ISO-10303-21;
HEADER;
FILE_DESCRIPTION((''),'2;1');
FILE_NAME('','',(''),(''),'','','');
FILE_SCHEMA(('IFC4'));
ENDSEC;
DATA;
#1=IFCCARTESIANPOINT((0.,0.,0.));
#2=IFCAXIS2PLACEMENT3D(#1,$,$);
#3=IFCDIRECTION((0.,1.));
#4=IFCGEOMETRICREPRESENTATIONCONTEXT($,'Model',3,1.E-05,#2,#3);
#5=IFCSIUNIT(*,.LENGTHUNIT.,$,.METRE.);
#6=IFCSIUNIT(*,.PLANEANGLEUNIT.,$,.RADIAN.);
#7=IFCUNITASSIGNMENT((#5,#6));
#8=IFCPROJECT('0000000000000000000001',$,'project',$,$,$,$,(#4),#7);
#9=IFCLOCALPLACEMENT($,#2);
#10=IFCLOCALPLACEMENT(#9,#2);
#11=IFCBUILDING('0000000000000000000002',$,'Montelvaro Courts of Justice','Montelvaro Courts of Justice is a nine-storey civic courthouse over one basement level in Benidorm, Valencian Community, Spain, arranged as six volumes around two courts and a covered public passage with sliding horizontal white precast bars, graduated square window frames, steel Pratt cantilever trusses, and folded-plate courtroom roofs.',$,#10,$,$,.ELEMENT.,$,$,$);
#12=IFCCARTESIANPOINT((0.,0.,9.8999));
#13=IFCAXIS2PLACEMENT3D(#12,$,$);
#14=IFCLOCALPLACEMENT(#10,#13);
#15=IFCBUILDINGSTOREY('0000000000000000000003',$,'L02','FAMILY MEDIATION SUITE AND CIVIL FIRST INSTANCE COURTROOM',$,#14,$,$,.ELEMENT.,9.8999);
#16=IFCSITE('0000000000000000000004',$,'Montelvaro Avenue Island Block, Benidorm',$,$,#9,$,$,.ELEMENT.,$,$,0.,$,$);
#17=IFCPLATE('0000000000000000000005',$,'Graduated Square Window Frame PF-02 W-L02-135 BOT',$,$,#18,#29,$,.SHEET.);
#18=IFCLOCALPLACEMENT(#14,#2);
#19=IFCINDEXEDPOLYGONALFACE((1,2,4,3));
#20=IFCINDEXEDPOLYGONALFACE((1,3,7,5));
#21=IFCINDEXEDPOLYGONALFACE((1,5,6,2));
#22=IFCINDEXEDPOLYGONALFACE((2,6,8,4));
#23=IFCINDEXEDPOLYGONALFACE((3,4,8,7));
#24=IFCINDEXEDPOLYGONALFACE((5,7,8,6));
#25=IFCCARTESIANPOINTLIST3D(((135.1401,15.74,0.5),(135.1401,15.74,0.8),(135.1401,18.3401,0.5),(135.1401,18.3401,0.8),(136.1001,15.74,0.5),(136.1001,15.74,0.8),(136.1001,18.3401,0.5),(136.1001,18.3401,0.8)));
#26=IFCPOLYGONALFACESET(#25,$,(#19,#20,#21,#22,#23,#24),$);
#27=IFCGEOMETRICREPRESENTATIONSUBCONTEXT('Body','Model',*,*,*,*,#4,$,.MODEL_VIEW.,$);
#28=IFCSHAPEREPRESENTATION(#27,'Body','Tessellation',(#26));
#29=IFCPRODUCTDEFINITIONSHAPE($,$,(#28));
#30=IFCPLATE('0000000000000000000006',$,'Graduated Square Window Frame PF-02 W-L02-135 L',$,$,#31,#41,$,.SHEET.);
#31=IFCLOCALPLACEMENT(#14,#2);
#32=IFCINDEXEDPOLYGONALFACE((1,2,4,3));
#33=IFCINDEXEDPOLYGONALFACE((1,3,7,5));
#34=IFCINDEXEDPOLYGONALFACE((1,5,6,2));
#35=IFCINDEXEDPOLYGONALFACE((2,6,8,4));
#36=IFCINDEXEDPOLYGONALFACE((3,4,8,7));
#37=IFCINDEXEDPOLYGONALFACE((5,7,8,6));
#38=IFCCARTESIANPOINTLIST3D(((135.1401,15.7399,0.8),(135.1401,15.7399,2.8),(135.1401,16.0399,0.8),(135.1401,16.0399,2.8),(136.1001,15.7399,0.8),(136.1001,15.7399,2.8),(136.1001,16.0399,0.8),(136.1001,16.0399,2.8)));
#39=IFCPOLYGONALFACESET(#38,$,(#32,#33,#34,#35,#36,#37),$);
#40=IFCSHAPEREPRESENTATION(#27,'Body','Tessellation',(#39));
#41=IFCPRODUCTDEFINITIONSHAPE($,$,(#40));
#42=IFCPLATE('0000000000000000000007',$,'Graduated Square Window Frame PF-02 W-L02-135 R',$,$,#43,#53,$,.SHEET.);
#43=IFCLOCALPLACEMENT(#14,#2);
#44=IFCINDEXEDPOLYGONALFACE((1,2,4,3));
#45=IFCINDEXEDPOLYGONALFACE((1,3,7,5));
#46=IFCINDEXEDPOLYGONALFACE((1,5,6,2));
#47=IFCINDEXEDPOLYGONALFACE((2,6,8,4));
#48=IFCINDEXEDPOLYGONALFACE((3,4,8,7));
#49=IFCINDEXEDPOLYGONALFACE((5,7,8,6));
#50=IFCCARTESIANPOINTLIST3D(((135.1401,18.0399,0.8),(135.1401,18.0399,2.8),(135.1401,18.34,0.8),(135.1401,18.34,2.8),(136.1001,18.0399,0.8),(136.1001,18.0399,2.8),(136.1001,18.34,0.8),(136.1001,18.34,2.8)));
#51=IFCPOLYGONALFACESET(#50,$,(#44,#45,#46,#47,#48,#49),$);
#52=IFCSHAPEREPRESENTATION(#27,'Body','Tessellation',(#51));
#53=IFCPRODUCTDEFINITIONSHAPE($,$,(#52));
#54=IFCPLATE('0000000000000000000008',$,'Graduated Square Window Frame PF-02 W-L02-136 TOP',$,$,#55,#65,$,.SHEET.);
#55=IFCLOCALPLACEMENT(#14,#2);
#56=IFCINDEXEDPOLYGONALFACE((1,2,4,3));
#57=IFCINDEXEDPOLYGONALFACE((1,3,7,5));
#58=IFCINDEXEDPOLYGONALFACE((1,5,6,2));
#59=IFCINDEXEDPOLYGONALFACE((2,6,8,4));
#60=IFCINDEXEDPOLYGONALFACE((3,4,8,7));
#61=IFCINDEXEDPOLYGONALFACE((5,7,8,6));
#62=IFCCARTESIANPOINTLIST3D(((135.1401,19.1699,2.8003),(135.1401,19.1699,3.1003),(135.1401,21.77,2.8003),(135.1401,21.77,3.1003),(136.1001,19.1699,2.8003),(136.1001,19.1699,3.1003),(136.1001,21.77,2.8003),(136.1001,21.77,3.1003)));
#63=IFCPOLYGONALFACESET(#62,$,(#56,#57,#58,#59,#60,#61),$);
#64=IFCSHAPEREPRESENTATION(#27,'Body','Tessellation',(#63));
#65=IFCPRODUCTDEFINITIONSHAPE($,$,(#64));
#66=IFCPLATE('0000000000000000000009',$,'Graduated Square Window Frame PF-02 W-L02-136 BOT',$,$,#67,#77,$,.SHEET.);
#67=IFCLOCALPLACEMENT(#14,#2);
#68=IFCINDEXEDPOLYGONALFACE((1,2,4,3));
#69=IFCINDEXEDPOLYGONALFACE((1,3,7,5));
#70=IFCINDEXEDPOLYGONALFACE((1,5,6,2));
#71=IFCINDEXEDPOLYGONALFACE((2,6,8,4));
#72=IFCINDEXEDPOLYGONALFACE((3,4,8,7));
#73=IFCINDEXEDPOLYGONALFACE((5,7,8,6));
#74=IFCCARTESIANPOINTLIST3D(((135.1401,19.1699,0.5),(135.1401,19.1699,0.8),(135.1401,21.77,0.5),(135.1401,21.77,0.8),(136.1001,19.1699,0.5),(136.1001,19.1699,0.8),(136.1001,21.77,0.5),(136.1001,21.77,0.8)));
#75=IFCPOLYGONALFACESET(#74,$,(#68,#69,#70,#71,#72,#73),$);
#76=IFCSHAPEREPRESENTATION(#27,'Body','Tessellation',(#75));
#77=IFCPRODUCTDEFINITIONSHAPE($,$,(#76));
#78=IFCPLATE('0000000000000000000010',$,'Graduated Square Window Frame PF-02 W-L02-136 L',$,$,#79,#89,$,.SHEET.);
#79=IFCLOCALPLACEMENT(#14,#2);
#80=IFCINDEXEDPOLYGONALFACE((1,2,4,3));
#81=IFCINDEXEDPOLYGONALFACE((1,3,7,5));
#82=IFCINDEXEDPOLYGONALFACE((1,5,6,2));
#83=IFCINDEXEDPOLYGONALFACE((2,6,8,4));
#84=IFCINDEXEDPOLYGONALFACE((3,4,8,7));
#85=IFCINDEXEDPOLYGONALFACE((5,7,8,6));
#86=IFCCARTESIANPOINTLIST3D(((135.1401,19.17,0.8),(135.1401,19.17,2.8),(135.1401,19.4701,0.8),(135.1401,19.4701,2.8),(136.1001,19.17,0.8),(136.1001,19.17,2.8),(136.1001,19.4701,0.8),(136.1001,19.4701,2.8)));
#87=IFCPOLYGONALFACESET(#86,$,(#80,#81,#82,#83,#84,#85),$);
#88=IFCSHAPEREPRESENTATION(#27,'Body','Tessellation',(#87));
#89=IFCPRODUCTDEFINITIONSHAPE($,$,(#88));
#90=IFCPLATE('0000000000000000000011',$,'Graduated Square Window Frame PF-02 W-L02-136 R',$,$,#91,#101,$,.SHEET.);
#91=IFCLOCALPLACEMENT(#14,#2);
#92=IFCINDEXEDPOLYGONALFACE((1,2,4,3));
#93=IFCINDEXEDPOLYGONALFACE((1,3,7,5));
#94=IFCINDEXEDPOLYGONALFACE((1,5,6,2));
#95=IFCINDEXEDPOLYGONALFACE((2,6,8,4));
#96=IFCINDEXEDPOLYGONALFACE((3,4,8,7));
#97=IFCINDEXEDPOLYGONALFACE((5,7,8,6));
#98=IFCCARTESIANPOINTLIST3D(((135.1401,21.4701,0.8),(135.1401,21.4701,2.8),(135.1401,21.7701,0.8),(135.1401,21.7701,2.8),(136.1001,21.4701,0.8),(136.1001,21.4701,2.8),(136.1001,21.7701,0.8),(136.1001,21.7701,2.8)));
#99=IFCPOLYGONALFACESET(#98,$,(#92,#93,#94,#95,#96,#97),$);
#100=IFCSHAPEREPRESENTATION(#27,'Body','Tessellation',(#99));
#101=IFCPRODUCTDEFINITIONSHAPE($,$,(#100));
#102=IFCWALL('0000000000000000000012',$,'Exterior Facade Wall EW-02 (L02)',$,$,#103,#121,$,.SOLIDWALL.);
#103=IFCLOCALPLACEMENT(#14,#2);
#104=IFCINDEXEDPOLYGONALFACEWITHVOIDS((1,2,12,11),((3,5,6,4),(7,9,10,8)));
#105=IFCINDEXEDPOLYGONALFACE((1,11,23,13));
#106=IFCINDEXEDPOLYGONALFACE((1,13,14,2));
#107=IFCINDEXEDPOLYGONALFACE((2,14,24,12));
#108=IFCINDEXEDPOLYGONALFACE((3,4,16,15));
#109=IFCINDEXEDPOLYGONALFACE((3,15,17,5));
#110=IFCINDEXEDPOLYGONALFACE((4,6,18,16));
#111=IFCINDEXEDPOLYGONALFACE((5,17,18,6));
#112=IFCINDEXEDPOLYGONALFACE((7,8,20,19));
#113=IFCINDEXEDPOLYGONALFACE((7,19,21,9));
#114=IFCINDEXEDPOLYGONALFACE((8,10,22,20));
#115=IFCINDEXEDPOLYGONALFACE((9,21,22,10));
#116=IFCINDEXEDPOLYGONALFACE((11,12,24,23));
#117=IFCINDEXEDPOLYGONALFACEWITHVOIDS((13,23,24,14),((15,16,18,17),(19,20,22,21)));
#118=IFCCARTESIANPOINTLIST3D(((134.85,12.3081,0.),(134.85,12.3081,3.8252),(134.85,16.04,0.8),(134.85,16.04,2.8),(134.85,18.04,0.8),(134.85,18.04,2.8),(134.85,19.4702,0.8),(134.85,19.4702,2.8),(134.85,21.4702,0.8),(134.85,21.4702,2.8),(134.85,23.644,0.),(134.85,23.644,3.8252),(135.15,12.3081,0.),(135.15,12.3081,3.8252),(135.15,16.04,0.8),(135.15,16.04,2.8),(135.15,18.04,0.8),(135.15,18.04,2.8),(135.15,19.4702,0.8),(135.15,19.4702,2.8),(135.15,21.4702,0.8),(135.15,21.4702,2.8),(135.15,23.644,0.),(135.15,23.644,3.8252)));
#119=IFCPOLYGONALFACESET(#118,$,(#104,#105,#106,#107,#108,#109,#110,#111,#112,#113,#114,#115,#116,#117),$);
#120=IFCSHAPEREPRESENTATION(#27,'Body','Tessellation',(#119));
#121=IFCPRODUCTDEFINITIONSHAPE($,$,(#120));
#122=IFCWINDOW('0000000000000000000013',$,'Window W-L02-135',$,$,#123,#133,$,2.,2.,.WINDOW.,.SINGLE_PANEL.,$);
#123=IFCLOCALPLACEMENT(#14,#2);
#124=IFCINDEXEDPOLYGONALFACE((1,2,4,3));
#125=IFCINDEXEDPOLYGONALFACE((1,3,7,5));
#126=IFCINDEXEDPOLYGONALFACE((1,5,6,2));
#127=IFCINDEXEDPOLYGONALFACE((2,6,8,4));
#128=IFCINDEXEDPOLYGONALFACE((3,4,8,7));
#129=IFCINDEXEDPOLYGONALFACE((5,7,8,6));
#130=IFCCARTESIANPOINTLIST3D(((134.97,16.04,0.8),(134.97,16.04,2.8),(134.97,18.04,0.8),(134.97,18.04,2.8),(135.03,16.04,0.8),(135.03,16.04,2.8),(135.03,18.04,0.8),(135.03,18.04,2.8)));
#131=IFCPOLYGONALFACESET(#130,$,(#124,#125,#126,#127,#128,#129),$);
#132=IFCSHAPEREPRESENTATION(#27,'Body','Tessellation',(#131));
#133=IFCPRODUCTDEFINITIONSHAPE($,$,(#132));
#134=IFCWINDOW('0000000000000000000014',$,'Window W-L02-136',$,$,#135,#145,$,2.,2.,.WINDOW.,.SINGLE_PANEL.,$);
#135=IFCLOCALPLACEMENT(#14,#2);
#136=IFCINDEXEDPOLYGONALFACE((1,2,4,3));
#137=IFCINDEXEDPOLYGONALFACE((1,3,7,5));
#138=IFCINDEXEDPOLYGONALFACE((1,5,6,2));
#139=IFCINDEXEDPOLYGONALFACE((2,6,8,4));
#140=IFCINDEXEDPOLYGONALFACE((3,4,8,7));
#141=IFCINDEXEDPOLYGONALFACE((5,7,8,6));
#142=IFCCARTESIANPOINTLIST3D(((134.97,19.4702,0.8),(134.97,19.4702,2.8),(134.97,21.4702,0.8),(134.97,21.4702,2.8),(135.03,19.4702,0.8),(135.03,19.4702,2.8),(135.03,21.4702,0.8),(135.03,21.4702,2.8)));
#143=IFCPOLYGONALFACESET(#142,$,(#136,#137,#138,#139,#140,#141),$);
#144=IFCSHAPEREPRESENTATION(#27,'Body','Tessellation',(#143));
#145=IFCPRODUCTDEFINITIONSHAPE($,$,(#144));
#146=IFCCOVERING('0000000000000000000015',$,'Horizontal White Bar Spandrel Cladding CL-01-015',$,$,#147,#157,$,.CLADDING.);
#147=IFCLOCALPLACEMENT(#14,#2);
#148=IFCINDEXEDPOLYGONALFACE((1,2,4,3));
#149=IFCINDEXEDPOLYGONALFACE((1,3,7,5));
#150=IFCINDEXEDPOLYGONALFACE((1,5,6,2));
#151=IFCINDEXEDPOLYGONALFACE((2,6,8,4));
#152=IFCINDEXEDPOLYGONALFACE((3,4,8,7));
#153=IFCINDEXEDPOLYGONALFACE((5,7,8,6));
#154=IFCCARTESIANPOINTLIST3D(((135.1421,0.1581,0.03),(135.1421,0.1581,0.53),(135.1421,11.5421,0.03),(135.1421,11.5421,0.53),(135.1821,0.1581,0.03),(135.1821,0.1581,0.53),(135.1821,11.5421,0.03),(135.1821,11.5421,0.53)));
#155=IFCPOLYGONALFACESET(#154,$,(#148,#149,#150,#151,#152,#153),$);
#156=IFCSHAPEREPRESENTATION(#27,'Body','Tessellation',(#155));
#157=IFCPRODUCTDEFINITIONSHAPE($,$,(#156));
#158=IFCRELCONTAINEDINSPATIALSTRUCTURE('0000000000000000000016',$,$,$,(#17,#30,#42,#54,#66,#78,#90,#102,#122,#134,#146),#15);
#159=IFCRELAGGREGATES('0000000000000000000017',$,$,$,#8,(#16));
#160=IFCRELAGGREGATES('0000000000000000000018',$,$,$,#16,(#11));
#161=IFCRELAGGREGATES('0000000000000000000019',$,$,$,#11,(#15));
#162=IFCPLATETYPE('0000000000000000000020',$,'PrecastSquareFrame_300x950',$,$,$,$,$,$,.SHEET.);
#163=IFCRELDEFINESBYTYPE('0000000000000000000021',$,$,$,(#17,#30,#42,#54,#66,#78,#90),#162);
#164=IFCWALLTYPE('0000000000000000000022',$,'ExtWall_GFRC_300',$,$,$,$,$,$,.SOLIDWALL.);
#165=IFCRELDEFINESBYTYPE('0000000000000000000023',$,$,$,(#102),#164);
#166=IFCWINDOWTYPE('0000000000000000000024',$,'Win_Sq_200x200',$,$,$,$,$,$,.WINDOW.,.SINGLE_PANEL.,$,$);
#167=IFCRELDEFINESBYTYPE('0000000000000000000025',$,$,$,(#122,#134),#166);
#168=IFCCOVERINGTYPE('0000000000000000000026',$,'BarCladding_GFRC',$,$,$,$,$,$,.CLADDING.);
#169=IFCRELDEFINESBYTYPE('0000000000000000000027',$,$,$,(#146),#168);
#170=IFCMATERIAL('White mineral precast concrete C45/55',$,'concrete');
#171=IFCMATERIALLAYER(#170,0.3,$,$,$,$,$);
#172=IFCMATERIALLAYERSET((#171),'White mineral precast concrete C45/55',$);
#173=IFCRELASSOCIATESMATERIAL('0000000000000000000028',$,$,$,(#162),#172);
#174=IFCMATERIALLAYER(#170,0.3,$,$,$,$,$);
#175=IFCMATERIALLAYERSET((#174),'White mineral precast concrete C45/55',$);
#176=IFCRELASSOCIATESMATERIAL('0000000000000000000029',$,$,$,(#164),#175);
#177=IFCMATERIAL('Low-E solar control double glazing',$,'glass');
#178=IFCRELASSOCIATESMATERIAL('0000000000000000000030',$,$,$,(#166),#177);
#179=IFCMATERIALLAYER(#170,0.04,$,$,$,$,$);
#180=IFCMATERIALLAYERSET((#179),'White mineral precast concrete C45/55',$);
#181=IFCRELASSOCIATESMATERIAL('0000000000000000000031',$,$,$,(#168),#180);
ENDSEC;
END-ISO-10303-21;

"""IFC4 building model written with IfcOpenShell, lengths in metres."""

from ifc_helpers import new_model, si_unit, direction, frame, frame_2d, origin, origin_2d, place, context, subcontext, project, spatial, rectangle, extrude, material, layer, layer_set, type_object, element, fill, save


model = new_model("IFC4")

# Units and contexts
model_context = context("Model", 3, precision=1e-05, world=origin(), true_north=direction((0.0, 1.0)))
body_context = subcontext(model_context, "Body", "Model", "MODEL_VIEW")
ifc_project = project(units=[si_unit("LENGTHUNIT", "METRE"), si_unit("PLANEANGLEUNIT", "RADIAN")], contexts=[model_context])

# Site, building, storey
site_placement = place(None, origin())
site = spatial("IfcSite", under=ifc_project, at=site_placement, Name="Montelvaro Avenue Island Block, Benidorm", CompositionType="ELEMENT", RefElevation=0.0)
building_placement = place(site_placement, origin())
building = spatial("IfcBuilding", under=site, at=building_placement, Name="Montelvaro Courts of Justice", Description="Montelvaro Courts of Justice is a nine-storey civic courthouse over one basement level in Benidorm, Valencian Community, Spain, arranged as six volumes around two courts and a covered public passage with sliding horizontal white precast bars, graduated square window frames, steel Pratt cantilever trusses, and folded-plate courtroom roofs.", CompositionType="ELEMENT")
storey_placement = place(building_placement, frame((0.0, 0.0, 9.8999)))
storey = spatial("IfcBuildingStorey", under=building, at=storey_placement, Name="L02", Description="FAMILY MEDIATION SUITE AND CIVIL FIRST INSTANCE COURTROOM", CompositionType="ELEMENT", Elevation=9.8999)

# Plates
ifc_material_1 = material(Name="White mineral precast concrete C45/55", Category="concrete")
ifc_layer_1 = layer(ifc_material_1, 0.3)
ifc_layer_set_1 = layer_set([ifc_layer_1], Name="White mineral precast concrete C45/55")
plate_type = type_object("IfcPlateType", Name="PrecastSquareFrame_300x950", PredefinedType="SHEET", material=ifc_layer_set_1)
for number, where, z_axis, x_axis, name in (
    (1, (135.6201, 17.04, 0.5), (0.0, 0.0, 1.0), (0.0, 1.0, 0.0), "Graduated Square Window Frame PF-02 W-L02-135 BOT"),
):
    element("IfcPlate", number, at=place(storey_placement, frame(where, z_axis=z_axis, x_axis=x_axis)), inside=storey, type_object=plate_type, Name=name, PredefinedType="SHEET", context=body_context, shape_type="SweptSolid", body=[
        extrude(rectangle(XDim=2.6001, YDim=0.96, at=origin_2d()), origin(), (0.0, 0.0, 1.0), 0.3),
    ])
for number, where, z_axis, x_axis, name in (
    (2, (135.6201, 15.8899, 0.8), (0.0, 0.0, 1.0), (0.0, 1.0, 0.0), "Graduated Square Window Frame PF-02 W-L02-135 L"),
    (3, (135.6201, 18.1899, 0.8), (0.0, 0.0, 1.0), (0.0, 1.0, 0.0), "Graduated Square Window Frame PF-02 W-L02-135 R"),
):
    element("IfcPlate", number, at=place(storey_placement, frame(where, z_axis=z_axis, x_axis=x_axis)), inside=storey, type_object=plate_type, Name=name, PredefinedType="SHEET", context=body_context, shape_type="SweptSolid", body=[
        extrude(rectangle(XDim=0.3, YDim=0.96, at=origin_2d()), origin(), (0.0, 0.0, 1.0), 2.0),
    ])
for number, where, z_axis, x_axis, name in (
    (4, (135.6201, 20.47, 2.8003), (0.0, 0.0, 1.0), (0.0, 1.0, 0.0), "Graduated Square Window Frame PF-02 W-L02-136 TOP"),
    (5, (135.6201, 20.47, 0.5), (0.0, 0.0, 1.0), (0.0, 1.0, 0.0), "Graduated Square Window Frame PF-02 W-L02-136 BOT"),
):
    element("IfcPlate", number, at=place(storey_placement, frame(where, z_axis=z_axis, x_axis=x_axis)), inside=storey, type_object=plate_type, Name=name, PredefinedType="SHEET", context=body_context, shape_type="SweptSolid", body=[
        extrude(rectangle(XDim=2.6001, YDim=0.96, at=origin_2d()), origin(), (0.0, 0.0, 1.0), 0.3),
    ])
for number, where, z_axis, x_axis, name in (
    (6, (135.6201, 19.3201, 0.8), (0.0, 0.0, 1.0), (0.0, 1.0, 0.0), "Graduated Square Window Frame PF-02 W-L02-136 L"),
    (7, (135.6201, 21.6201, 0.8), (0.0, 0.0, 1.0), (0.0, 1.0, 0.0), "Graduated Square Window Frame PF-02 W-L02-136 R"),
):
    element("IfcPlate", number, at=place(storey_placement, frame(where, z_axis=z_axis, x_axis=x_axis)), inside=storey, type_object=plate_type, Name=name, PredefinedType="SHEET", context=body_context, shape_type="SweptSolid", body=[
        extrude(rectangle(XDim=0.3, YDim=0.96, at=origin_2d()), origin(), (0.0, 0.0, 1.0), 2.0),
    ])

# Wall, openings, windows
ifc_layer_2 = layer(ifc_material_1, 0.3)
ifc_layer_set_2 = layer_set([ifc_layer_2], Name="White mineral precast concrete C45/55")
wall_type = type_object("IfcWallType", Name="ExtWall_GFRC_300", PredefinedType="SOLIDWALL", material=ifc_layer_set_2)
wall_placement = place(storey_placement, frame((135.0, 12.3081, 0.0), z_axis=(0.0, 0.0, 1.0), x_axis=(0.0, 1.0, 0.0)))
wall = element("IfcWall", 8, at=wall_placement, inside=storey, type_object=wall_type, Name="Exterior Facade Wall EW-02 (L02)", PredefinedType="SOLIDWALL", context=body_context, shape_type="SweptSolid", body=[
    extrude(rectangle(XDim=11.3359, YDim=0.3, at=frame_2d((5.668, 0.0))), origin(), (0.0, 0.0, 1.0), 3.8252),
])
opening_1_placement = place(wall_placement, frame((3.7319, 0.0, 0.8)))
opening_1 = element("IfcOpeningElement", 9, at=opening_1_placement, cuts=wall, PredefinedType="OPENING", context=body_context, shape_type="SweptSolid", body=[
    extrude(rectangle(XDim=2.0, YDim=2.0, at=frame_2d((1.0, 1.0))), frame((0.0, 0.165, 0.0), z_axis=(0.0, -1.0, 0.0), x_axis=(1.0, 0.0, 0.0)), (0.0, 0.0, 1.0), 0.3298),
])
opening_2_placement = place(wall_placement, frame((7.1621, 0.0, 0.8)))
opening_2 = element("IfcOpeningElement", 10, at=opening_2_placement, cuts=wall, PredefinedType="OPENING", context=body_context, shape_type="SweptSolid", body=[
    extrude(rectangle(XDim=2.0, YDim=2.0, at=frame_2d((1.0, 1.0))), frame((0.0, 0.165, 0.0), z_axis=(0.0, -1.0, 0.0), x_axis=(1.0, 0.0, 0.0)), (0.0, 0.0, 1.0), 0.3298),
])
ifc_material_2 = material(Name="Low-E solar control double glazing", Category="glass")
window_type = type_object("IfcWindowType", Name="Win_Sq_200x200", PartitioningType="SINGLE_PANEL", PredefinedType="WINDOW", material=ifc_material_2)
window_1_placement = place(opening_1_placement, origin())
window_1 = element("IfcWindow", 11, at=window_1_placement, inside=storey, type_object=window_type, Name="Window W-L02-135", OverallHeight=2.0, OverallWidth=2.0, PartitioningType="SINGLE_PANEL", PredefinedType="WINDOW", context=body_context, shape_type="SweptSolid", body=[
    extrude(rectangle(XDim=2.0, YDim=2.0, at=frame_2d((1.0, 1.0))), frame((0.0, 0.03, 0.0), z_axis=(0.0, -1.0, 0.0), x_axis=(1.0, 0.0, 0.0)), (0.0, 0.0, 1.0), 0.0601),
])
fill(opening_1, window_1)
window_2_placement = place(opening_2_placement, origin())
window_2 = element("IfcWindow", 12, at=window_2_placement, inside=storey, type_object=window_type, Name="Window W-L02-136", OverallHeight=2.0, OverallWidth=2.0, PartitioningType="SINGLE_PANEL", PredefinedType="WINDOW", context=body_context, shape_type="SweptSolid", body=[
    extrude(rectangle(XDim=2.0, YDim=2.0, at=frame_2d((1.0, 1.0))), frame((0.0, 0.03, 0.0), z_axis=(0.0, -1.0, 0.0), x_axis=(1.0, 0.0, 0.0)), (0.0, 0.0, 1.0), 0.0601),
])
fill(opening_2, window_2)

# Covering
ifc_layer_3 = layer(ifc_material_1, 0.04)
ifc_layer_set_3 = layer_set([ifc_layer_3], Name="White mineral precast concrete C45/55")
covering_type = type_object("IfcCoveringType", Name="BarCladding_GFRC", PredefinedType="CLADDING", material=ifc_layer_set_3)
covering_placement = place(storey_placement, frame((135.1621, 5.8501, 0.03), z_axis=(0.0, 0.0, 1.0), x_axis=(0.0, 1.0, 0.0)))
element("IfcCovering", 13, at=covering_placement, inside=storey, type_object=covering_type, Name="Horizontal White Bar Spandrel Cladding CL-01-015", PredefinedType="CLADDING", context=body_context, shape_type="SweptSolid", body=[
    extrude(rectangle(XDim=11.384, YDim=0.04, at=origin_2d()), origin(), (0.0, 0.0, 1.0), 0.5),
])

save(model, "model.ifc")
